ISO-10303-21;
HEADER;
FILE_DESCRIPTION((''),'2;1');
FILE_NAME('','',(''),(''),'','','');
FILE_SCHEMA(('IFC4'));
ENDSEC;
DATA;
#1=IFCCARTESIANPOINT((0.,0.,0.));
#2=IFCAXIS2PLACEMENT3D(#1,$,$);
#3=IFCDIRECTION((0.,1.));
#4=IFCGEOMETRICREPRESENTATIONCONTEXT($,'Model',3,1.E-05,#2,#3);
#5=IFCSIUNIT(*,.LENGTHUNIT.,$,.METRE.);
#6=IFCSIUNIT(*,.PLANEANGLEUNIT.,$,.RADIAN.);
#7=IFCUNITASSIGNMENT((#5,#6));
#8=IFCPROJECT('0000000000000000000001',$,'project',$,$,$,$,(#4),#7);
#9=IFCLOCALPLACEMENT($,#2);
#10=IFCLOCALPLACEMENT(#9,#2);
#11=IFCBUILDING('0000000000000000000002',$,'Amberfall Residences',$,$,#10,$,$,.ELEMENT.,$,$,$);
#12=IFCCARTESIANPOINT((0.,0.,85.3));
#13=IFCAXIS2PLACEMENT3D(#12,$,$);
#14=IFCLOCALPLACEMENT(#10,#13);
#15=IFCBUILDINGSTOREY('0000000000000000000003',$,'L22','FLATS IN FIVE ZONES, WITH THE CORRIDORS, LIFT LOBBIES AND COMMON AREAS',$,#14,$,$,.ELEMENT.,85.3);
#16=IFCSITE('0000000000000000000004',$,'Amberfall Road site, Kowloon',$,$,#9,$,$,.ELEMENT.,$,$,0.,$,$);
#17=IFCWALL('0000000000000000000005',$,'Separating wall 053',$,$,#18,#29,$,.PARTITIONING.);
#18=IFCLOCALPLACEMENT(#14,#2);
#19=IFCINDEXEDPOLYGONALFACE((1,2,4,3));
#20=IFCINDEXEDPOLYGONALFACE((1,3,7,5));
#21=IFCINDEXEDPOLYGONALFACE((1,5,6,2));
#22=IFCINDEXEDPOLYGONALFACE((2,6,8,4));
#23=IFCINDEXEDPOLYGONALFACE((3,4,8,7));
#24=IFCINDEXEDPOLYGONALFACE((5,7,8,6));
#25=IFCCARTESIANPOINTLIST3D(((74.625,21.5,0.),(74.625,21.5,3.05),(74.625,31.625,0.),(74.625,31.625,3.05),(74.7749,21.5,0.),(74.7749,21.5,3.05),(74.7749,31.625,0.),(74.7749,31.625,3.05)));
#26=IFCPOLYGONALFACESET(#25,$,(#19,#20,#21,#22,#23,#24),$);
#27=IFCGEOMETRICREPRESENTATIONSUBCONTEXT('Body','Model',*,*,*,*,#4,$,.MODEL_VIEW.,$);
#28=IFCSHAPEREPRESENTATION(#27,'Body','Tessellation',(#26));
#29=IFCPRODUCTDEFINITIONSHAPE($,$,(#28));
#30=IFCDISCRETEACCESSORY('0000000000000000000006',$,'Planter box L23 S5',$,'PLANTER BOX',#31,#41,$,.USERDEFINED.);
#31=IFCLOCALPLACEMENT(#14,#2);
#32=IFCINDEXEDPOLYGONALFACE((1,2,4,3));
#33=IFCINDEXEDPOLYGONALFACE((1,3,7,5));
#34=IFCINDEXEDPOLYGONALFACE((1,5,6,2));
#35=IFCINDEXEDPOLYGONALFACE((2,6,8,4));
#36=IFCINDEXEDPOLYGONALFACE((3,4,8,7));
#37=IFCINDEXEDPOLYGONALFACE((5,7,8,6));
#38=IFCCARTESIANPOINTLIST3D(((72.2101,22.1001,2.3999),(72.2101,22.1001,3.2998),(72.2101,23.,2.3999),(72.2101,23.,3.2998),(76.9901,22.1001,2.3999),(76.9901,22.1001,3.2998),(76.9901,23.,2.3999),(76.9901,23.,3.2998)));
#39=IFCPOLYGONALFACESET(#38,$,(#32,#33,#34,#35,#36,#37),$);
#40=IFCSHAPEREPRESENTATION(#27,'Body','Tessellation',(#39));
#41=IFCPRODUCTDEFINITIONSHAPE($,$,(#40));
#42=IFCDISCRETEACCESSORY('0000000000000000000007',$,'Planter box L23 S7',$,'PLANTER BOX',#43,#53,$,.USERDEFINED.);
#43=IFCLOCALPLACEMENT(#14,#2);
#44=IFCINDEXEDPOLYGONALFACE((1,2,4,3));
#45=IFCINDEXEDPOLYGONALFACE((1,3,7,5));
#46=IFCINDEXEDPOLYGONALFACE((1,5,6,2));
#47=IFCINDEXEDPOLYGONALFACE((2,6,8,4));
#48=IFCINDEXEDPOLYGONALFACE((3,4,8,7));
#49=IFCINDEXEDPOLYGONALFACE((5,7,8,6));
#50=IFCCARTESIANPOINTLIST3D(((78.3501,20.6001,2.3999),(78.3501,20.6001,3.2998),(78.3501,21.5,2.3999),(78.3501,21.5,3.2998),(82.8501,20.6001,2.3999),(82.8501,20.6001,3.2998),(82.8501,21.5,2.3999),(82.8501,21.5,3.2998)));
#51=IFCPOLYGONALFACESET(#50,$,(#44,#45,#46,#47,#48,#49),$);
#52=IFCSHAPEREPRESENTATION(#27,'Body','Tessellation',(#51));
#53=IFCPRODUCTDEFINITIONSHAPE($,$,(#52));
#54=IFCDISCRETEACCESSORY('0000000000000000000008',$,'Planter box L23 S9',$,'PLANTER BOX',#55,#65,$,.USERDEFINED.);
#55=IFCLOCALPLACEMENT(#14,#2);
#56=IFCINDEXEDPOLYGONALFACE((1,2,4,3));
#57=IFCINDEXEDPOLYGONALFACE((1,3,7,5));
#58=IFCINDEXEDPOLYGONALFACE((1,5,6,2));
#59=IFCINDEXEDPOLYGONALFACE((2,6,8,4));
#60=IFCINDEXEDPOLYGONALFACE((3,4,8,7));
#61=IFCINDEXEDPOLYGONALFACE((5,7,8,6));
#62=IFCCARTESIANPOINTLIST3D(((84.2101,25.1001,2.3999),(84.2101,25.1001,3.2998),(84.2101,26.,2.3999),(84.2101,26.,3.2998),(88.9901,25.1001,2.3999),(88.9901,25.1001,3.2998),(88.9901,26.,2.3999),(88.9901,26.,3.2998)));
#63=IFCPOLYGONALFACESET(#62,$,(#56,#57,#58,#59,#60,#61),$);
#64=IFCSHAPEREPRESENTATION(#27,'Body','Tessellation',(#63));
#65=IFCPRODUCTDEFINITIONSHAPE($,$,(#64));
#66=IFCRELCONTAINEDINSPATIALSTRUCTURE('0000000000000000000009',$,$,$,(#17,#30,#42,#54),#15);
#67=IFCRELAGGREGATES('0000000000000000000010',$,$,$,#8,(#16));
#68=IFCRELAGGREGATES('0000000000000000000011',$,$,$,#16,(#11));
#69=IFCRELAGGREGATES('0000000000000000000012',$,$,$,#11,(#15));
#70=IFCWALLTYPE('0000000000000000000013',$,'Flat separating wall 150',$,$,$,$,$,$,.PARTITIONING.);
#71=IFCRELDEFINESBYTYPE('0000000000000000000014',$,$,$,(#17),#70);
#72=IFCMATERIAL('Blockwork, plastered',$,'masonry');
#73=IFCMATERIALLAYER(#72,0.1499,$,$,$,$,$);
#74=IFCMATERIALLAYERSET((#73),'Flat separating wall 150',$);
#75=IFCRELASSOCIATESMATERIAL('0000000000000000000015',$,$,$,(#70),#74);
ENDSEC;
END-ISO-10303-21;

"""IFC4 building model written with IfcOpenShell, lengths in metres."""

from ifc_helpers import new_model, si_unit, direction, frame, frame_2d, origin, origin_2d, place, context, subcontext, project, spatial, rectangle, extrude, material, layer, layer_set, type_object, element, save


model = new_model("IFC4")

# Units and contexts
model_context = context("Model", 3, precision=1e-05, world=origin(), true_north=direction((0.0, 1.0)))
body_context = subcontext(model_context, "Body", "Model", "MODEL_VIEW")
ifc_project = project(units=[si_unit("LENGTHUNIT", "METRE"), si_unit("PLANEANGLEUNIT", "RADIAN")], contexts=[model_context])

# Site, building, storey
site_placement = place(None, origin())
site = spatial("IfcSite", under=ifc_project, at=site_placement, Name="Amberfall Road site, Kowloon", CompositionType="ELEMENT", RefElevation=0.0)
building_placement = place(site_placement, origin())
building = spatial("IfcBuilding", under=site, at=building_placement, Name="Amberfall Residences", CompositionType="ELEMENT")
storey_placement = place(building_placement, frame((0.0, 0.0, 85.3)))
storey = spatial("IfcBuildingStorey", under=building, at=storey_placement, Name="L22", Description="FLATS IN FIVE ZONES, WITH THE CORRIDORS, LIFT LOBBIES AND COMMON AREAS", CompositionType="ELEMENT", Elevation=85.3)

# Wall
ifc_material_1 = material(Name="Blockwork, plastered", Category="masonry")
ifc_layer_1 = layer(ifc_material_1, 0.1499)
ifc_layer_set_1 = layer_set([ifc_layer_1], Name="Flat separating wall 150")
wall_type_1 = type_object("IfcWallType", Name="Flat separating wall 150", PredefinedType="PARTITIONING", material=ifc_layer_set_1)
wall_1_placement = place(storey_placement, frame((74.7, 21.5, 0.0), z_axis=(0.0, 0.0, 1.0), x_axis=(0.0, 1.0, 0.0)))
element("IfcWall", 1, at=wall_1_placement, inside=storey, type_object=wall_type_1, Name="Separating wall 053", PredefinedType="PARTITIONING", context=body_context, shape_type="SweptSolid", body=[
    extrude(rectangle(XDim=10.125, YDim=0.1499, at=frame_2d((5.0625, 0.0))), origin(), (0.0, 0.0, 1.0), 3.05),
])

# Discrete accessories
discrete_accessory_1_placement = place(storey_placement, frame((74.6001, 22.55, 2.3999), z_axis=(0.0, 0.0, 1.0), x_axis=(1.0, 0.0, 0.0)))
element("IfcDiscreteAccessory", 2, at=discrete_accessory_1_placement, inside=storey, Name="Planter box L23 S5", ObjectType="PLANTER BOX", PredefinedType="USERDEFINED", context=body_context, shape_type="SweptSolid", body=[
    extrude(rectangle(XDim=4.78, YDim=0.8999, at=origin_2d()), origin(), (0.0, 0.0, 1.0), 0.8999),
])
discrete_accessory_2_placement = place(storey_placement, frame((80.6001, 21.05, 2.3999), z_axis=(0.0, 0.0, 1.0), x_axis=(1.0, 0.0, 0.0)))
element("IfcDiscreteAccessory", 3, at=discrete_accessory_2_placement, inside=storey, Name="Planter box L23 S7", ObjectType="PLANTER BOX", PredefinedType="USERDEFINED", context=body_context, shape_type="SweptSolid", body=[
    extrude(rectangle(XDim=4.5, YDim=0.8999, at=origin_2d()), origin(), (0.0, 0.0, 1.0), 0.8999),
])
discrete_accessory_3_placement = place(storey_placement, frame((86.6001, 25.55, 2.3999), z_axis=(0.0, 0.0, 1.0), x_axis=(1.0, 0.0, 0.0)))
element("IfcDiscreteAccessory", 4, at=discrete_accessory_3_placement, inside=storey, Name="Planter box L23 S9", ObjectType="PLANTER BOX", PredefinedType="USERDEFINED", context=body_context, shape_type="SweptSolid", body=[
    extrude(rectangle(XDim=4.78, YDim=0.8999, at=origin_2d()), origin(), (0.0, 0.0, 1.0), 0.8999),
])

save(model, "model.ifc")
